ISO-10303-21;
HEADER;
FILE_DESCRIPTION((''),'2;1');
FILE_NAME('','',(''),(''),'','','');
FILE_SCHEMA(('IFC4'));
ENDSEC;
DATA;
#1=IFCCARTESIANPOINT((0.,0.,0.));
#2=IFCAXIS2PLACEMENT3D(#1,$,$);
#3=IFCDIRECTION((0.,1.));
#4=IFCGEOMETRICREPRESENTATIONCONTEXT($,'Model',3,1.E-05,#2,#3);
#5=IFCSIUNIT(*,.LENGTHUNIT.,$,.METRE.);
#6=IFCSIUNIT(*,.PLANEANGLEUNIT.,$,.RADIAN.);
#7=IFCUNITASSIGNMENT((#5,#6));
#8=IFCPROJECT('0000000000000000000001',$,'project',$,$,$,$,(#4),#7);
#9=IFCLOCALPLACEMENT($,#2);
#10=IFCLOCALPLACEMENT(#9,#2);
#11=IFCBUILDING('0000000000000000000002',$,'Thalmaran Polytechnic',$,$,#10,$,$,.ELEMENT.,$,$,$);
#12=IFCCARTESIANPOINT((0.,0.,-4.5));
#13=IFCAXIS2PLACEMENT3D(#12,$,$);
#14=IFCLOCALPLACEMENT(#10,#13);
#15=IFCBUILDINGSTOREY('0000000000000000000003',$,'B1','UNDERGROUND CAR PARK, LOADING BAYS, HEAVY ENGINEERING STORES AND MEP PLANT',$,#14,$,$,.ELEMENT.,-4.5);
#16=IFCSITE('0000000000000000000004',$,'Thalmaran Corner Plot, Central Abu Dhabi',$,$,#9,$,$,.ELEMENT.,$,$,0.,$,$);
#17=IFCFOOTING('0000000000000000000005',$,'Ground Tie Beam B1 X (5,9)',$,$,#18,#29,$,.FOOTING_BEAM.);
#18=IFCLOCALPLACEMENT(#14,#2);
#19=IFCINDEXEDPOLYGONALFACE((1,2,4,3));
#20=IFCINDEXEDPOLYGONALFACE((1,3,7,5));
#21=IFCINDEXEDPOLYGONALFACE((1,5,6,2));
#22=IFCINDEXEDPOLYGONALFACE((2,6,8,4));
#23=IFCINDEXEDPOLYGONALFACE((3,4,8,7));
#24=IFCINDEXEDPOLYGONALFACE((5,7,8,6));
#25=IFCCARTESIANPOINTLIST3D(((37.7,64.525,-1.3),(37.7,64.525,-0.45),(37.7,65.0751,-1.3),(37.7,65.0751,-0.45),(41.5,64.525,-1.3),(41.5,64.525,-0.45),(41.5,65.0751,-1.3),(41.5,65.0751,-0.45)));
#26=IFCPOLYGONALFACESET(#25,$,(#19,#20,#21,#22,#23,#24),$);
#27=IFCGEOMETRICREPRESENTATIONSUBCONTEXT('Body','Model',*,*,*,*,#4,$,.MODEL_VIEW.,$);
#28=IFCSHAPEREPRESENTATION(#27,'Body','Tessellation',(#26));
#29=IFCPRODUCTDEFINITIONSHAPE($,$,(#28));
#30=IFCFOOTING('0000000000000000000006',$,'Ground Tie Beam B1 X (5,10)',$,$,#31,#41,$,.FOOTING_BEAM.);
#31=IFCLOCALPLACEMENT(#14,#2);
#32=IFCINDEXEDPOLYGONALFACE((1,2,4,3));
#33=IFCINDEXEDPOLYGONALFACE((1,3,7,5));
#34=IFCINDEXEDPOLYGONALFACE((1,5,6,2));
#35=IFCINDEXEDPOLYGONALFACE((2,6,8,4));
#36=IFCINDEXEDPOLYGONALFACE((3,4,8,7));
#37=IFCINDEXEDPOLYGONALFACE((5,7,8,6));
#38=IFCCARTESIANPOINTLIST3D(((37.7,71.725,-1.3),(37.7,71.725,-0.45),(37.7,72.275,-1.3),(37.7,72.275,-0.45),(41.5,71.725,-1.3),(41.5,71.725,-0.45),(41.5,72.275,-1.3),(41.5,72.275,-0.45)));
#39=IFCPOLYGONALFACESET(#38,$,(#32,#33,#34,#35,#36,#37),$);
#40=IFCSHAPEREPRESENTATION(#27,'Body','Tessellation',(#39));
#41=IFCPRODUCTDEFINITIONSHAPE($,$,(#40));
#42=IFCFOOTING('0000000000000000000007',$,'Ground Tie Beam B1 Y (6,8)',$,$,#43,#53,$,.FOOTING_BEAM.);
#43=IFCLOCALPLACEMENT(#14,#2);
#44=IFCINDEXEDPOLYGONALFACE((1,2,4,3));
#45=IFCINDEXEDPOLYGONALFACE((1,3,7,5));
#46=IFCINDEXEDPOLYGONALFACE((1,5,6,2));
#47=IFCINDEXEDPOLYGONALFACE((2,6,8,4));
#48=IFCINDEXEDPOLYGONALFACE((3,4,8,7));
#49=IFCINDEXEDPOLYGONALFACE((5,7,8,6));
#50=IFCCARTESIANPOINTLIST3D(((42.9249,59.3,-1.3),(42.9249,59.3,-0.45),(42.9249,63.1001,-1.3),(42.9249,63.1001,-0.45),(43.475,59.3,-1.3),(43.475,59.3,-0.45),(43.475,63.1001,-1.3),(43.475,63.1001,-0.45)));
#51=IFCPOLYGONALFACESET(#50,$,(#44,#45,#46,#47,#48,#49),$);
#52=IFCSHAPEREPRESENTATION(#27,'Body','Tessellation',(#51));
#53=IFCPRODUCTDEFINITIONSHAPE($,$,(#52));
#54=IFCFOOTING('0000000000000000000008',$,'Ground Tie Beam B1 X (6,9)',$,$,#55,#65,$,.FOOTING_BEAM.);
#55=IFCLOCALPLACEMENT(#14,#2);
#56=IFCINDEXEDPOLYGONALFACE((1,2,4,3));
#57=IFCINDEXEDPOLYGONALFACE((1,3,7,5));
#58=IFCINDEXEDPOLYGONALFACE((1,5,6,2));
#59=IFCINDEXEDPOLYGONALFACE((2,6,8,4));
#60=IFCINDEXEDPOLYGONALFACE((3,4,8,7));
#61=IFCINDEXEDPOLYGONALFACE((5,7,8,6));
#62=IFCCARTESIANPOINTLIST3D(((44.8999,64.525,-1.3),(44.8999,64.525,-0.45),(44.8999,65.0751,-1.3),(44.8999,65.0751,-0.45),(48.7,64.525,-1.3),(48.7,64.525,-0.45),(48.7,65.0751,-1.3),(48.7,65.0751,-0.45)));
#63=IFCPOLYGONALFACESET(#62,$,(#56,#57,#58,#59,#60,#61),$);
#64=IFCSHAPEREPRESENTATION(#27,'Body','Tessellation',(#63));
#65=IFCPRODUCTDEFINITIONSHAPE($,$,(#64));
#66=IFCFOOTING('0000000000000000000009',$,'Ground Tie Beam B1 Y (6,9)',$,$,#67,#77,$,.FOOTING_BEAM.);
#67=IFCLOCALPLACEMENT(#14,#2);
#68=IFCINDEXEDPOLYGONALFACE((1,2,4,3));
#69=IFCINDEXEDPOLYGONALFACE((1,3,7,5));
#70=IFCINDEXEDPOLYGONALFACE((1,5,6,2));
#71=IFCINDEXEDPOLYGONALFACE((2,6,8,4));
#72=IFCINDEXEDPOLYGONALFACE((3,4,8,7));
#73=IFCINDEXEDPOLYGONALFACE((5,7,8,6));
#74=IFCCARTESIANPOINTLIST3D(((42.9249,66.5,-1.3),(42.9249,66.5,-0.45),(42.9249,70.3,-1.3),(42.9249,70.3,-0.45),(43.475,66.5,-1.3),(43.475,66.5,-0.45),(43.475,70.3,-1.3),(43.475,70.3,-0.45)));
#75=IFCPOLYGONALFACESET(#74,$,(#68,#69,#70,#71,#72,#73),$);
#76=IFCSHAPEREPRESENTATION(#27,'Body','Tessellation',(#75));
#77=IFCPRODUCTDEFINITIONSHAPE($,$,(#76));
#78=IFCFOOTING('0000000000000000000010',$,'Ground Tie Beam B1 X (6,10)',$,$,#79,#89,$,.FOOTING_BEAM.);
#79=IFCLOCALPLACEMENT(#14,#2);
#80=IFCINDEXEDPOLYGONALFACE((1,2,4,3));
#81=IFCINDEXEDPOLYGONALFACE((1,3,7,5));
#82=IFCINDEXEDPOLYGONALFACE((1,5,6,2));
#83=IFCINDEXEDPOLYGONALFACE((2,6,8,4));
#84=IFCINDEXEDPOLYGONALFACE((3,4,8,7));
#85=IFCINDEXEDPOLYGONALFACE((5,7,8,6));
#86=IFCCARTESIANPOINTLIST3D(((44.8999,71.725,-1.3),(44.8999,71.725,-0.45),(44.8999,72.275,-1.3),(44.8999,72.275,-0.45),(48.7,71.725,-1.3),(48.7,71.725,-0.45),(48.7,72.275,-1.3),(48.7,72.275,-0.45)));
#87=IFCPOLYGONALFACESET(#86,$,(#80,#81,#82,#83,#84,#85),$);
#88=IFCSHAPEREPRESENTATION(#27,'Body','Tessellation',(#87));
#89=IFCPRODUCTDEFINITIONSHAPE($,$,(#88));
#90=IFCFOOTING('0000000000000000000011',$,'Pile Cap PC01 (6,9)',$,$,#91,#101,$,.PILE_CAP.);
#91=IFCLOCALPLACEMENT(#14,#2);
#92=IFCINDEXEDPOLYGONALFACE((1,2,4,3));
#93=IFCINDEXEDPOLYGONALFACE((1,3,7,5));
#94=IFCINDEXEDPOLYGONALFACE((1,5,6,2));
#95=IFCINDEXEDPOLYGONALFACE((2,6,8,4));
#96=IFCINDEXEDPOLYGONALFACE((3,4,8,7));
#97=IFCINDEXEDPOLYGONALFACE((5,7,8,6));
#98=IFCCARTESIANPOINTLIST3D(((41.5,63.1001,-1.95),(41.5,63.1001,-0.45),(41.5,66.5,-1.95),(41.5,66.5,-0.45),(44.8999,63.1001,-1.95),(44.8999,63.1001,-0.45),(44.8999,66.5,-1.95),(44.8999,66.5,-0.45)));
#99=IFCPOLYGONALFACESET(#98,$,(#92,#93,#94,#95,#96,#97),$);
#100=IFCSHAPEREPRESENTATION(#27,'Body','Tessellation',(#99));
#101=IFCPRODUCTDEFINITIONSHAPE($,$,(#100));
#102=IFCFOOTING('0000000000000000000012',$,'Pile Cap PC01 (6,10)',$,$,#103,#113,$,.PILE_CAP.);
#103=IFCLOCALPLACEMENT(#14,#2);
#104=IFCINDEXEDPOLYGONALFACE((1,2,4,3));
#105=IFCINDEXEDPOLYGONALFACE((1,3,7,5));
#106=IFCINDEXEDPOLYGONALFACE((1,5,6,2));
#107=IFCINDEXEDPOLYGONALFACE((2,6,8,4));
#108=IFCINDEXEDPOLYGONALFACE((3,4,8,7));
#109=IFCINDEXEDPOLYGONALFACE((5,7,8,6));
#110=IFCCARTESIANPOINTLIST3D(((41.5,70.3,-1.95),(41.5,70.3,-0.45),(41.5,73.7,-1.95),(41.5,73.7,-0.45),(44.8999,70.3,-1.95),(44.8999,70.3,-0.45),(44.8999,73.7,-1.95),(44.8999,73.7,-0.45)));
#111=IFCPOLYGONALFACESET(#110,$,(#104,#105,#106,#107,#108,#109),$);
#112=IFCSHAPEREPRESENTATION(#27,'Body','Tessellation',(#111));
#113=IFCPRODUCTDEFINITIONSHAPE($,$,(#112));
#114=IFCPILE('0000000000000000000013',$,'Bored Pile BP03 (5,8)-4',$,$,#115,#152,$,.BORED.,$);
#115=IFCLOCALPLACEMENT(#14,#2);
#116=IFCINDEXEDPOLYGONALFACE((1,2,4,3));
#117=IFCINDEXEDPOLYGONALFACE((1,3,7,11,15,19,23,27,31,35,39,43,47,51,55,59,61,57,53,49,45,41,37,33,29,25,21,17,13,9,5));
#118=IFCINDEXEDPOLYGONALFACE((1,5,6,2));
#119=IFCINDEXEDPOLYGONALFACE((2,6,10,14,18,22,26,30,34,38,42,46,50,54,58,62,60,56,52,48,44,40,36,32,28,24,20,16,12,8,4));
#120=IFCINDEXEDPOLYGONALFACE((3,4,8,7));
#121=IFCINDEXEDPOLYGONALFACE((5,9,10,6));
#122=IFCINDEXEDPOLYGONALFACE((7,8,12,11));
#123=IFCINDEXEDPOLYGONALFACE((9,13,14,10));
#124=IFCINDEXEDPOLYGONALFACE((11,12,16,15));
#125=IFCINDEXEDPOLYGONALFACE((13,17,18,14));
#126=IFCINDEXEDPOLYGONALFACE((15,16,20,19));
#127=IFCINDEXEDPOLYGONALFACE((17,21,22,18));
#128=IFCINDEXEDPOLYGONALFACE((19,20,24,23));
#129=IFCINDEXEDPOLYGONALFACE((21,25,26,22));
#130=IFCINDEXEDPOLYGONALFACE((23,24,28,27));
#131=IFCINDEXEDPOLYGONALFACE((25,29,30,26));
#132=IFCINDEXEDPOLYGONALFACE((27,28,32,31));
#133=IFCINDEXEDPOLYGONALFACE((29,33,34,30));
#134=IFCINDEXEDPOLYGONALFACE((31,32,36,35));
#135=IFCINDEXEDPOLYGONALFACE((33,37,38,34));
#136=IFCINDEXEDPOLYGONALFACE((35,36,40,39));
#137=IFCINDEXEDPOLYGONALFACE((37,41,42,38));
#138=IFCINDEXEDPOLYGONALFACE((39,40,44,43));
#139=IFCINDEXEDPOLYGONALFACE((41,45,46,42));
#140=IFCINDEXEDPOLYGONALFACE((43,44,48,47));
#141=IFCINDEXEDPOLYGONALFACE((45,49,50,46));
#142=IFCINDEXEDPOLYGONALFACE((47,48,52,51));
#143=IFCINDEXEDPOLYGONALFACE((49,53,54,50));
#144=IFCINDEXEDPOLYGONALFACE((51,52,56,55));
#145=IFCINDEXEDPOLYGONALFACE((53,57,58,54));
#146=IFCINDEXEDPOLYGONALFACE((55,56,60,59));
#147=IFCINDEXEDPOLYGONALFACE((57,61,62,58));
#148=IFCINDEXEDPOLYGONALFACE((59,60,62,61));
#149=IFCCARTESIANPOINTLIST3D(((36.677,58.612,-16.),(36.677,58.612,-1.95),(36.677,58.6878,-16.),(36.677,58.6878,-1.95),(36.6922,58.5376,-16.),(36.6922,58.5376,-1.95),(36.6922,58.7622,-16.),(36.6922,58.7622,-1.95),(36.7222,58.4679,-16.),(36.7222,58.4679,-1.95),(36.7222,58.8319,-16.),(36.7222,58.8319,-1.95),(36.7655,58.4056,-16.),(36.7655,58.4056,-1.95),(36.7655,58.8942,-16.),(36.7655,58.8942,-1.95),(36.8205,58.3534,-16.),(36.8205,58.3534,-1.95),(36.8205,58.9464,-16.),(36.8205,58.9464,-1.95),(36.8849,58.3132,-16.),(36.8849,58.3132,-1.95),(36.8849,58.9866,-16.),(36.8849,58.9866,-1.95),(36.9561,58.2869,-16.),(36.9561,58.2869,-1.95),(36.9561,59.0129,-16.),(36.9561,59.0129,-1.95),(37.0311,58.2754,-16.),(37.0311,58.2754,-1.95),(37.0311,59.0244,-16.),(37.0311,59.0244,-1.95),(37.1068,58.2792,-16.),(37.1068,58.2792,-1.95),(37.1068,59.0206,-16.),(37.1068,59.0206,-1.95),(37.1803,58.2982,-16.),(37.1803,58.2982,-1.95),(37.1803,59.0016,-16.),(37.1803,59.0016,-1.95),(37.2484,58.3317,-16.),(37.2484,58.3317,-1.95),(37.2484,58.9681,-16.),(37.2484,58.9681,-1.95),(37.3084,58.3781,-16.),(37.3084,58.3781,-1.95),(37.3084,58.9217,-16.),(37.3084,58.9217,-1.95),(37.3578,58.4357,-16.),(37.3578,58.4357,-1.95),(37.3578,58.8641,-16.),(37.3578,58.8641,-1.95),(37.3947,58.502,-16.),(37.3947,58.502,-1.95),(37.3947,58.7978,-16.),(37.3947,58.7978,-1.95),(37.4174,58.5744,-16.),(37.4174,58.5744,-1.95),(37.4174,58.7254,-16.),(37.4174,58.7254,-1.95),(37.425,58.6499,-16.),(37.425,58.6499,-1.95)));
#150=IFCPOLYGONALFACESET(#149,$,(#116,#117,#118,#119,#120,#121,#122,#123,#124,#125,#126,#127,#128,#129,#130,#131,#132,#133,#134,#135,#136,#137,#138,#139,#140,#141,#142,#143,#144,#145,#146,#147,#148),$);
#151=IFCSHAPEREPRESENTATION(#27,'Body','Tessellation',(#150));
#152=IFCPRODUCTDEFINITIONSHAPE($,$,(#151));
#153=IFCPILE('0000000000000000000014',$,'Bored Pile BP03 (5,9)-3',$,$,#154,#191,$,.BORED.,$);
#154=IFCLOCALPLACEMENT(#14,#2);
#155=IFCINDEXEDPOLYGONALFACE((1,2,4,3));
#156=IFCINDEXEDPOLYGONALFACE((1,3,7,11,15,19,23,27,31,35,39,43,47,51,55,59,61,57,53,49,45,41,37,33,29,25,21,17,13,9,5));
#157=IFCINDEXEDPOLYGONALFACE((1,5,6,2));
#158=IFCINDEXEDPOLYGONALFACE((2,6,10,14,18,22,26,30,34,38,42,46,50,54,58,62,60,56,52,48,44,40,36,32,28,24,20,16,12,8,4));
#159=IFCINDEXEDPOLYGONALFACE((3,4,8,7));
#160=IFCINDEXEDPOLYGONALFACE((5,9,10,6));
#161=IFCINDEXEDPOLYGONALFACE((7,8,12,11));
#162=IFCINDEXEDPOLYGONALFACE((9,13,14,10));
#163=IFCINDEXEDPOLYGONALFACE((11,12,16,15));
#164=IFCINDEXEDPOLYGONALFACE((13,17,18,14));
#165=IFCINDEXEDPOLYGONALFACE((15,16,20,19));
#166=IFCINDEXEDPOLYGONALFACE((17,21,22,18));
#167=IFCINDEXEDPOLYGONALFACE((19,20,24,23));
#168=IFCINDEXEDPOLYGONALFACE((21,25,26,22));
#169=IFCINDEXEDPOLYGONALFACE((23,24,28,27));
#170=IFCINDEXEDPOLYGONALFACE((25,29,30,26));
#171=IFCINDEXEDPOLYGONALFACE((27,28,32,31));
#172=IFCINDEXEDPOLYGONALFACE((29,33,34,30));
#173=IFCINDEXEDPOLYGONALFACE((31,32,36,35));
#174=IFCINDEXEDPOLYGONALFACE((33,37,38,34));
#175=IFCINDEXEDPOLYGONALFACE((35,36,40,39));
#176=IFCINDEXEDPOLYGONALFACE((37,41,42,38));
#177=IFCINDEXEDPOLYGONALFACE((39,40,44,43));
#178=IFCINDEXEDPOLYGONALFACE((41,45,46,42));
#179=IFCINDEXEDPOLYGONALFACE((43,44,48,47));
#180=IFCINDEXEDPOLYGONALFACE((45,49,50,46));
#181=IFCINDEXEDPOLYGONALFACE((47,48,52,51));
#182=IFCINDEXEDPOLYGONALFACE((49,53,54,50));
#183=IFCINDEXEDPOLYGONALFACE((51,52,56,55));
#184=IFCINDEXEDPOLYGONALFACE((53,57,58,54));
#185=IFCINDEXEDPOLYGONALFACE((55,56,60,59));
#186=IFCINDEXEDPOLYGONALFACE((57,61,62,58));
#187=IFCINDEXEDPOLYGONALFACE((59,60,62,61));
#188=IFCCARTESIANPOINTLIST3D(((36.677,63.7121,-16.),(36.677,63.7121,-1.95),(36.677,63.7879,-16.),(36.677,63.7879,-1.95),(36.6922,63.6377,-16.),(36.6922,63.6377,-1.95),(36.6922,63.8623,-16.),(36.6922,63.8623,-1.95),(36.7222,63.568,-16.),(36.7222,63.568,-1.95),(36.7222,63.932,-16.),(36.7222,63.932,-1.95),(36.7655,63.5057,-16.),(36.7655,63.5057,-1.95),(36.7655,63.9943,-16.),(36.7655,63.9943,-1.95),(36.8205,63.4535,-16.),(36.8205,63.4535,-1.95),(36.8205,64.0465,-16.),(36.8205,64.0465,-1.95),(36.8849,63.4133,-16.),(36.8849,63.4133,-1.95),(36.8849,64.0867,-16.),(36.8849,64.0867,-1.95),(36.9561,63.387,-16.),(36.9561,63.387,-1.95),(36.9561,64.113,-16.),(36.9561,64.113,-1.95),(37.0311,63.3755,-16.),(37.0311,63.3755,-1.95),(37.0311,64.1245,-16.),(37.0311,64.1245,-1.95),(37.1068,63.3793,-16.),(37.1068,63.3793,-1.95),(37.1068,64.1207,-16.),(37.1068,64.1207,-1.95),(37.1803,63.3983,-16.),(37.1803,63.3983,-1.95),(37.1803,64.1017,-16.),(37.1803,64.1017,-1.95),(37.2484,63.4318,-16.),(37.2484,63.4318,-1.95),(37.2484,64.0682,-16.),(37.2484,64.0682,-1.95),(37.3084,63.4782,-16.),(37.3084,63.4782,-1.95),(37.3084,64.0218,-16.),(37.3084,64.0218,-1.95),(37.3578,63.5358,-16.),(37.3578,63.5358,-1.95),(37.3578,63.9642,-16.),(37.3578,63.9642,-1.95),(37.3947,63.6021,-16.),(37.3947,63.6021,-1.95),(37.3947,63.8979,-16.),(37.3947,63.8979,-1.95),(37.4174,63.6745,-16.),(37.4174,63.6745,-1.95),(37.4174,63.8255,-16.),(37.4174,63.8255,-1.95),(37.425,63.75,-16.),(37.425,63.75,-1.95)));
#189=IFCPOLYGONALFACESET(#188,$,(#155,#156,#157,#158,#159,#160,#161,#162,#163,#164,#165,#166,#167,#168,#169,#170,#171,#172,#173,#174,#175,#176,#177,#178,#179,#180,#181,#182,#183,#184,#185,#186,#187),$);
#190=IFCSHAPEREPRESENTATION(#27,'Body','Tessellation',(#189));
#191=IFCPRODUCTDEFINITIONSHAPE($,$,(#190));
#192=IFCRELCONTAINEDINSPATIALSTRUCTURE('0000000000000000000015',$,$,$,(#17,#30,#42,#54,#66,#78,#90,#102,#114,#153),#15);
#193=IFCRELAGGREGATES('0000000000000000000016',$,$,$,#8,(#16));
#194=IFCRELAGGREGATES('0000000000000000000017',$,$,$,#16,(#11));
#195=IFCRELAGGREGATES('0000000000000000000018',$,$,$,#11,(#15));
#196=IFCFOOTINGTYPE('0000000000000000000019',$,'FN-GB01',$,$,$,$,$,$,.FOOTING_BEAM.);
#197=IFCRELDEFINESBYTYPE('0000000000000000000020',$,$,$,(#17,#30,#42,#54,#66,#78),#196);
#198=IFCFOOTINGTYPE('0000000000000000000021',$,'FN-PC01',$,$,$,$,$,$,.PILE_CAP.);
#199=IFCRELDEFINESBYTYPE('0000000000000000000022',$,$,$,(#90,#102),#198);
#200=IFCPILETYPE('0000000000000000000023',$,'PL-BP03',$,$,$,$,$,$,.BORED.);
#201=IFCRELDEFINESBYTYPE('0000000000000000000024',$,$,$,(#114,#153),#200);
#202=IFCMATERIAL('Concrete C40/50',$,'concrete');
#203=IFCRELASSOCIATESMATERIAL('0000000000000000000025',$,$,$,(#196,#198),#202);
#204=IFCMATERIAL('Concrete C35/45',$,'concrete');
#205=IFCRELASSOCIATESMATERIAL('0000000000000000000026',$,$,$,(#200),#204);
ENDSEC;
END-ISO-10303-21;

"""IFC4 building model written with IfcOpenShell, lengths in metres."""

from ifc_helpers import new_model, si_unit, direction, frame, origin, origin_2d, place, context, subcontext, project, spatial, rectangle, circle, extrude, material, material_profile, profile_set, type_object, element, save


model = new_model("IFC4")

# Units and contexts
model_context = context("Model", 3, precision=1e-05, world=origin(), true_north=direction((0.0, 1.0)))
body_context = subcontext(model_context, "Body", "Model", "MODEL_VIEW")
ifc_project = project(units=[si_unit("LENGTHUNIT", "METRE"), si_unit("PLANEANGLEUNIT", "RADIAN")], contexts=[model_context])

# Site, building, storey
site_placement = place(None, origin())
site = spatial("IfcSite", under=ifc_project, at=site_placement, Name="Thalmaran Corner Plot, Central Abu Dhabi", CompositionType="ELEMENT", RefElevation=0.0)
building_placement = place(site_placement, origin())
building = spatial("IfcBuilding", under=site, at=building_placement, Name="Thalmaran Polytechnic", CompositionType="ELEMENT")
storey_placement = place(building_placement, frame((0.0, 0.0, -4.5)))
storey = spatial("IfcBuildingStorey", under=building, at=storey_placement, Name="B1", Description="UNDERGROUND CAR PARK, LOADING BAYS, HEAVY ENGINEERING STORES AND MEP PLANT", CompositionType="ELEMENT", Elevation=-4.5)

# Footings
ifc_material_1 = material(Name="Concrete C40/50", Category="concrete")
ifc_material_profile_1 = material_profile(ifc_material_1, rectangle(XDim=0.55, YDim=0.8501, at=origin_2d()), Name="RC 550x850")
ifc_profile_set_1 = profile_set([ifc_material_profile_1], Name="Concrete C40/50")
footing_type_1 = type_object("IfcFootingType", Name="FN-GB01", PredefinedType="FOOTING_BEAM", material=ifc_profile_set_1)
for number, where, z_axis, x_axis, name in (
    (1, (37.7, 64.8, -0.875), (1.0, 0.0, 0.0), (0.0, 1.0, 0.0), "Ground Tie Beam B1 X (5,9)"),
    (2, (37.7, 72.0, -0.875), (1.0, 0.0, 0.0), (0.0, 1.0, 0.0), "Ground Tie Beam B1 X (5,10)"),
    (3, (43.2, 59.3, -0.875), (0.0, 1.0, 0.0), (-1.0, 0.0, 0.0), "Ground Tie Beam B1 Y (6,8)"),
    (4, (44.8999, 64.8, -0.875), (1.0, 0.0, 0.0), (0.0, 1.0, 0.0), "Ground Tie Beam B1 X (6,9)"),
    (5, (43.2, 66.5, -0.875), (0.0, 1.0, 0.0), (-1.0, 0.0, 0.0), "Ground Tie Beam B1 Y (6,9)"),
    (6, (44.8999, 72.0, -0.875), (1.0, 0.0, 0.0), (0.0, 1.0, 0.0), "Ground Tie Beam B1 X (6,10)"),
):
    element("IfcFooting", number, at=place(storey_placement, frame(where, z_axis=z_axis, x_axis=x_axis)), inside=storey, type_object=footing_type_1, Name=name, PredefinedType="FOOTING_BEAM", context=body_context, shape_type="SweptSolid", body=[
        extrude(rectangle(XDim=0.55, YDim=0.8501, at=origin_2d()), origin(), (0.0, 0.0, 1.0), 3.8),
    ])
footing_type_2 = type_object("IfcFootingType", Name="FN-PC01", PredefinedType="PILE_CAP", material=ifc_material_1)
for number, where, z_axis, x_axis, name in (
    (7, (43.2, 64.8, -1.95), (0.0, 0.0, 1.0), (1.0, 0.0, 0.0), "Pile Cap PC01 (6,9)"),
    (8, (43.2, 72.0, -1.95), (0.0, 0.0, 1.0), (1.0, 0.0, 0.0), "Pile Cap PC01 (6,10)"),
):
    element("IfcFooting", number, at=place(storey_placement, frame(where, z_axis=z_axis, x_axis=x_axis)), inside=storey, type_object=footing_type_2, Name=name, PredefinedType="PILE_CAP", context=body_context, shape_type="SweptSolid", body=[
        extrude(rectangle(XDim=3.3999, YDim=3.3999, at=origin_2d()), origin(), (0.0, 0.0, 1.0), 1.5),
    ])

# Piles
ifc_material_2 = material(Name="Concrete C35/45", Category="concrete")
ifc_material_profile_2 = material_profile(ifc_material_2, circle(Radius=0.375, at=origin_2d()), Name="RC 750 DIA")
ifc_profile_set_2 = profile_set([ifc_material_profile_2], Name="Concrete C35/45")
pile_type = type_object("IfcPileType", Name="PL-BP03", PredefinedType="BORED", material=ifc_profile_set_2)
for number, where, z_axis, x_axis, name in (
    (9, (37.05, 58.6499, -1.95), (0.0, 0.0, -1.0), (1.0, 0.0, 0.0), "Bored Pile BP03 (5,8)-4"),
    (10, (37.05, 63.75, -1.95), (0.0, 0.0, -1.0), (1.0, 0.0, 0.0), "Bored Pile BP03 (5,9)-3"),
):
    element("IfcPile", number, at=place(storey_placement, frame(where, z_axis=z_axis, x_axis=x_axis)), inside=storey, type_object=pile_type, Name=name, PredefinedType="BORED", context=body_context, shape_type="SweptSolid", body=[
        extrude(circle(Radius=0.375, at=origin_2d()), origin(), (0.0, 0.0, 1.0), 14.05),
    ])

save(model, "model.ifc")
